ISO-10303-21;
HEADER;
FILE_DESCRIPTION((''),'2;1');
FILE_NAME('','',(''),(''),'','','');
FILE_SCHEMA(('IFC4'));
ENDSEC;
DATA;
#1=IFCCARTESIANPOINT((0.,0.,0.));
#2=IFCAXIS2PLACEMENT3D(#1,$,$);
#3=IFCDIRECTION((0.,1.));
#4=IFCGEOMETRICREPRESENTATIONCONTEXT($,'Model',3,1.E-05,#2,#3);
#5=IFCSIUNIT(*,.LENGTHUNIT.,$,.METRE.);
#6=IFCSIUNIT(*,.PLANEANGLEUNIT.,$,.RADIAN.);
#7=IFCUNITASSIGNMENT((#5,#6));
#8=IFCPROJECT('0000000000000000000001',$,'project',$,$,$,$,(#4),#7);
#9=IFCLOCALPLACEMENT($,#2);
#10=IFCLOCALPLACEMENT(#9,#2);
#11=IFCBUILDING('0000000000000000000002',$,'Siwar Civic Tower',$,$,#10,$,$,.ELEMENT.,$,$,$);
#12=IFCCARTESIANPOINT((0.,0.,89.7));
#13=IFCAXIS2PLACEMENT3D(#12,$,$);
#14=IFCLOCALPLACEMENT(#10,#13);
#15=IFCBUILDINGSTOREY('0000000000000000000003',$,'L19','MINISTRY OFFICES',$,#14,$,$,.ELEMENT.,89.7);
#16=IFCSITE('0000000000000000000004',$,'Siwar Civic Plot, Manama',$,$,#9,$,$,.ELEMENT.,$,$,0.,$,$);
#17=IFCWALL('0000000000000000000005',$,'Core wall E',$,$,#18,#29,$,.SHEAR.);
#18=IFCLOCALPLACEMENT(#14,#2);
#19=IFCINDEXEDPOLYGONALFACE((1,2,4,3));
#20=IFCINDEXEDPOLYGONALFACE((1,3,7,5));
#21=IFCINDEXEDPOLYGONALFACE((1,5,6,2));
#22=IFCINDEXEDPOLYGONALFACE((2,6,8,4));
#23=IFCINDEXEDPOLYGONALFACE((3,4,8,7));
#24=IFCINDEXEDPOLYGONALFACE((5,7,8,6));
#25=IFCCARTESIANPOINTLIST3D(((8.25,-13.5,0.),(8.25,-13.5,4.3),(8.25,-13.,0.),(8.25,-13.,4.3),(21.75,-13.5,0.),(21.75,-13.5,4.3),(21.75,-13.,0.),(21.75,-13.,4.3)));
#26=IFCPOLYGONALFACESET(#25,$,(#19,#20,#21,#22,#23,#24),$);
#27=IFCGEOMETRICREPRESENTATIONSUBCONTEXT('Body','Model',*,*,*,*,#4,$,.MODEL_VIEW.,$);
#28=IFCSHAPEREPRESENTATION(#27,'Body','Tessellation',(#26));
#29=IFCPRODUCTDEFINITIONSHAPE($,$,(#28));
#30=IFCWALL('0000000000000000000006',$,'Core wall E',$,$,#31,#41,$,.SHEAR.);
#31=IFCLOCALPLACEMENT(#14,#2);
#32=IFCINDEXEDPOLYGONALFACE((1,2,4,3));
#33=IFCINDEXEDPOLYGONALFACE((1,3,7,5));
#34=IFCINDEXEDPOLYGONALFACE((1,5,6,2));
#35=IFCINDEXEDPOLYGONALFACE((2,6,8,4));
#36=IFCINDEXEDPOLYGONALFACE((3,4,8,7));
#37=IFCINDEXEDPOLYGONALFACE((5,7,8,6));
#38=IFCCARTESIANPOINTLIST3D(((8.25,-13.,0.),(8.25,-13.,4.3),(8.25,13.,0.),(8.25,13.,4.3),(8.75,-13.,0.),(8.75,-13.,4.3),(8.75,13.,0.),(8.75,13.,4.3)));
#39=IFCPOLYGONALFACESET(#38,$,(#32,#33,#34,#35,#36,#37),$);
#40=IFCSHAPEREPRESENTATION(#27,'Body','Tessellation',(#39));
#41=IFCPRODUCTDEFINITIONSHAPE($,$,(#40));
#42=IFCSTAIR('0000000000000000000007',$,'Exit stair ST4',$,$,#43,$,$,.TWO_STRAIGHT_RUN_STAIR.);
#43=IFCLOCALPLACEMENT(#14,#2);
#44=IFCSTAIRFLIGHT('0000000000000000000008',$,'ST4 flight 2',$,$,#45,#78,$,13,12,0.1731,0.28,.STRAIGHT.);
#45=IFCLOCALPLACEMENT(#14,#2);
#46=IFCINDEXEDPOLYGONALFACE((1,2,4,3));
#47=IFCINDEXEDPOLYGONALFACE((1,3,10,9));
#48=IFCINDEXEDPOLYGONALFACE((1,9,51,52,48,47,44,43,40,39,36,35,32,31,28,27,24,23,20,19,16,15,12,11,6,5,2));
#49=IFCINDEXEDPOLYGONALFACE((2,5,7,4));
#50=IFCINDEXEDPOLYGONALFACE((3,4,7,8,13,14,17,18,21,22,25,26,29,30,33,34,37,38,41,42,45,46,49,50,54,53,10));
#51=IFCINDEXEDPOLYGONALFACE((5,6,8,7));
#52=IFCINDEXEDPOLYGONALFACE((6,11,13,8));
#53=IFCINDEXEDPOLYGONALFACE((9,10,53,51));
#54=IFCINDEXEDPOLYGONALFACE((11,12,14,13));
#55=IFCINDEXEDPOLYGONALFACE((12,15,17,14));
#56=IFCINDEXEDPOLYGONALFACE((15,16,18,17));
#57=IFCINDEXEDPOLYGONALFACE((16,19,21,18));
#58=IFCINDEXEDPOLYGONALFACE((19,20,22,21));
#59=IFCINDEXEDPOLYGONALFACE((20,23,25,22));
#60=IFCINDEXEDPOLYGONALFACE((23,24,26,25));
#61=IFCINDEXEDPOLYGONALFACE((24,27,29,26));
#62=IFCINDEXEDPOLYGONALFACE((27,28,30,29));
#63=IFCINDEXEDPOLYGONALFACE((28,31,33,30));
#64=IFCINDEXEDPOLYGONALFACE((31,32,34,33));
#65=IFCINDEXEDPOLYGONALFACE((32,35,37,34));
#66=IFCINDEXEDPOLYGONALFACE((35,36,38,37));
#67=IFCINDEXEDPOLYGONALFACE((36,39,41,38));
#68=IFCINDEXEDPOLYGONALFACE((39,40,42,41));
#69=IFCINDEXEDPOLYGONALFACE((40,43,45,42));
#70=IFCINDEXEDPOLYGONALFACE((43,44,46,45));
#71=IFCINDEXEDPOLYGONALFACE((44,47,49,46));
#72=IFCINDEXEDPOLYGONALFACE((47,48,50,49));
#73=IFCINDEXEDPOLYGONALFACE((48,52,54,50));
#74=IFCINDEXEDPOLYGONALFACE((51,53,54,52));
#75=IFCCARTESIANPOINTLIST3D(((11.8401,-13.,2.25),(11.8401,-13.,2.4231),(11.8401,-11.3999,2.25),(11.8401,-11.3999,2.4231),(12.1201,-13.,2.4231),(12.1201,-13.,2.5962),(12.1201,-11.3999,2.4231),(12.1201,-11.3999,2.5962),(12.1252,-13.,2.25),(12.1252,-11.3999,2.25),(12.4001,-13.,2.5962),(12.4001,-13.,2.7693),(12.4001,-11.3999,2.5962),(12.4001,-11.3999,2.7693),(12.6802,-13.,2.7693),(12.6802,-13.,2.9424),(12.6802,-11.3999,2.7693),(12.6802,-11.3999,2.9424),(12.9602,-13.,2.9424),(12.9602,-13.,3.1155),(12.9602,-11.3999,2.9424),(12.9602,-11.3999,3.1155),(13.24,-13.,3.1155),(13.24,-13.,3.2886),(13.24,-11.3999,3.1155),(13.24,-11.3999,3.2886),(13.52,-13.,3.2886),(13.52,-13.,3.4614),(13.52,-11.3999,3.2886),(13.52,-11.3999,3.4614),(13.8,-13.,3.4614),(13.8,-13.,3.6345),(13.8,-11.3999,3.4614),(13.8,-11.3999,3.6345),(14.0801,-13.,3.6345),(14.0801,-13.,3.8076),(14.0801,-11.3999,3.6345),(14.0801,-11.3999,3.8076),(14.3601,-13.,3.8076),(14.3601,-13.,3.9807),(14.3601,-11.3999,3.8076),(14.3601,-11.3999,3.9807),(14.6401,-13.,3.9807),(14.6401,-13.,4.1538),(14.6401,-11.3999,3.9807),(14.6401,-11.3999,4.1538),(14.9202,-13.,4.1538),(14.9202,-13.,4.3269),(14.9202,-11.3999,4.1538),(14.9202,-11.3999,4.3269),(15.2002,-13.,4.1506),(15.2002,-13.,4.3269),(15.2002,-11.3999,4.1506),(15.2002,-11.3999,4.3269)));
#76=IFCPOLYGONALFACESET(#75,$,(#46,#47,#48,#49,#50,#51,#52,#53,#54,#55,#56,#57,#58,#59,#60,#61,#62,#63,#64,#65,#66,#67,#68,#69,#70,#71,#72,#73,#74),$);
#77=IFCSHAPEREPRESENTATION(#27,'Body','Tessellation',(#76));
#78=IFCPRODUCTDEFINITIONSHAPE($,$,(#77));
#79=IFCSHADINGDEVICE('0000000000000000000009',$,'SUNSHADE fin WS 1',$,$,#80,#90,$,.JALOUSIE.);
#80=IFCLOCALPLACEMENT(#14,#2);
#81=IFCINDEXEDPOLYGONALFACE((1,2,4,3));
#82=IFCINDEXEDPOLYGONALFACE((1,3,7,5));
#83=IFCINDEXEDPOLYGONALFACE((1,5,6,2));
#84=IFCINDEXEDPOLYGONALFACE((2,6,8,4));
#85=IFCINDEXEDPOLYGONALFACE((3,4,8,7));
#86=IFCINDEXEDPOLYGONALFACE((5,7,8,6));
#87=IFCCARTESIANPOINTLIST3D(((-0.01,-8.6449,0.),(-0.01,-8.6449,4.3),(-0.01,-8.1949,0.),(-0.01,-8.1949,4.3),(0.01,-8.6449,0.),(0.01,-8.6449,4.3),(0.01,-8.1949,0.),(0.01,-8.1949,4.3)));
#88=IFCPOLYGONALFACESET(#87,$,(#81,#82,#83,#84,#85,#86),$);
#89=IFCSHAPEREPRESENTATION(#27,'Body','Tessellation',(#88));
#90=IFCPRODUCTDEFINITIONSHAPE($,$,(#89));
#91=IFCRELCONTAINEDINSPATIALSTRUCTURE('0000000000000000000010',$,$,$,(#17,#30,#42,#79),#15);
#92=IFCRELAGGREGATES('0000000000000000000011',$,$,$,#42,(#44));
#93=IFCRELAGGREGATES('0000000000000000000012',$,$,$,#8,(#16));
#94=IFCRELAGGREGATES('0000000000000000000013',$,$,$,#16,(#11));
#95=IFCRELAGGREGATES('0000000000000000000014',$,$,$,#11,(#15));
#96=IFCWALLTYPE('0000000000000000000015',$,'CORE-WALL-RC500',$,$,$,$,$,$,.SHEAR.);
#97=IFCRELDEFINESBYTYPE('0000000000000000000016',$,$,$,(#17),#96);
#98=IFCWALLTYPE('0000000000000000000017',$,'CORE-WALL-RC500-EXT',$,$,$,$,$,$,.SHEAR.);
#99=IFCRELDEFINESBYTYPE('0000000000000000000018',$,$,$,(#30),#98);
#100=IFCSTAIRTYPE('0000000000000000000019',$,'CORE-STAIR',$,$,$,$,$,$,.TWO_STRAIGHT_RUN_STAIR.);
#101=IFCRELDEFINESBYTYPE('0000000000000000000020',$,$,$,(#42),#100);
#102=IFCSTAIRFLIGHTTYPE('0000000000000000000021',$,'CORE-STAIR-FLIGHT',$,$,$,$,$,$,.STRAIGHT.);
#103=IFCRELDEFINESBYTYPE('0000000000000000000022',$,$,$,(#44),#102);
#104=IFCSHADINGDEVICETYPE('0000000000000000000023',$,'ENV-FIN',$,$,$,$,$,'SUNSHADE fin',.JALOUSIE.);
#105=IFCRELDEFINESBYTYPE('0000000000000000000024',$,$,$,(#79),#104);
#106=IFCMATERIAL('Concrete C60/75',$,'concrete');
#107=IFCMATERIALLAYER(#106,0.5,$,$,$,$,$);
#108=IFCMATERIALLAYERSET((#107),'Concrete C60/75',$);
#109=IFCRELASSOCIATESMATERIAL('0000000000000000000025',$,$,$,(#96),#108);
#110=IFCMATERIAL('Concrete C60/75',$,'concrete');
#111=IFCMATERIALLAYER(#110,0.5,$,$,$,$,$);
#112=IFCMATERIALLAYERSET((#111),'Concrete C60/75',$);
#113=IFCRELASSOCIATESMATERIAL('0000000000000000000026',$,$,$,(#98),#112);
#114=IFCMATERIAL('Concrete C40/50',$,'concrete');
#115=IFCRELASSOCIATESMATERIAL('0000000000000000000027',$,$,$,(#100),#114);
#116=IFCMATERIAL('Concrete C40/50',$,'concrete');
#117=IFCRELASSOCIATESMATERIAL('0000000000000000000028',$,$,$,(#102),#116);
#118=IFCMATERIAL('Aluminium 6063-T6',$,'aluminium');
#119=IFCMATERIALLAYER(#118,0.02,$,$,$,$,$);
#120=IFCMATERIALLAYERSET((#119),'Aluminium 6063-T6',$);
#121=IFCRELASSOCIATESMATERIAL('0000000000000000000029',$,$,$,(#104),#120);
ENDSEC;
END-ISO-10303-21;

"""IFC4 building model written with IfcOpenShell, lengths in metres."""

from ifc_helpers import new_model, si_unit, direction, frame, frame_2d, origin, origin_2d, place, context, subcontext, project, spatial, polyline, rectangle, outline, extrude, material, layer, layer_set, type_object, element, aggregate, save


model = new_model("IFC4")

# Units and contexts
model_context = context("Model", 3, precision=1e-05, world=origin(), true_north=direction((0.0, 1.0)))
body_context = subcontext(model_context, "Body", "Model", "MODEL_VIEW")
ifc_project = project(units=[si_unit("LENGTHUNIT", "METRE"), si_unit("PLANEANGLEUNIT", "RADIAN")], contexts=[model_context])

# Site, building, storey
site_placement = place(None, origin())
site = spatial("IfcSite", under=ifc_project, at=site_placement, Name="Siwar Civic Plot, Manama", CompositionType="ELEMENT", RefElevation=0.0)
building_placement = place(site_placement, origin())
building = spatial("IfcBuilding", under=site, at=building_placement, Name="Siwar Civic Tower", CompositionType="ELEMENT")
storey_placement = place(building_placement, frame((0.0, 0.0, 89.7)))
storey = spatial("IfcBuildingStorey", under=building, at=storey_placement, Name="L19", Description="MINISTRY OFFICES", CompositionType="ELEMENT", Elevation=89.7)

# Walls
ifc_material_1 = material(Name="Concrete C60/75", Category="concrete")
ifc_layer_1 = layer(ifc_material_1, 0.5)
ifc_layer_set_1 = layer_set([ifc_layer_1], Name="Concrete C60/75")
wall_type_1 = type_object("IfcWallType", Name="CORE-WALL-RC500", PredefinedType="SHEAR", material=ifc_layer_set_1)
wall_1_placement = place(storey_placement, frame((8.25, -13.25, 0.0), z_axis=(0.0, 0.0, 1.0), x_axis=(1.0, 0.0, 0.0)))
element("IfcWall", 1, at=wall_1_placement, inside=storey, type_object=wall_type_1, Name="Core wall E", PredefinedType="SHEAR", context=body_context, shape_type="SweptSolid", body=[
    extrude(rectangle(XDim=13.5, YDim=0.5, at=frame_2d((6.75, 0.0))), origin(), (0.0, 0.0, 1.0), 4.3),
])
ifc_material_2 = material(Name="Concrete C60/75", Category="concrete")
ifc_layer_2 = layer(ifc_material_2, 0.5)
ifc_layer_set_2 = layer_set([ifc_layer_2], Name="Concrete C60/75")
wall_type_2 = type_object("IfcWallType", Name="CORE-WALL-RC500-EXT", PredefinedType="SHEAR", material=ifc_layer_set_2)
wall_2_placement = place(storey_placement, frame((8.5, -13.0, 0.0), z_axis=(0.0, 0.0, 1.0), x_axis=(0.0, 1.0, 0.0)))
element("IfcWall", 2, at=wall_2_placement, inside=storey, type_object=wall_type_2, Name="Core wall E", PredefinedType="SHEAR", context=body_context, shape_type="SweptSolid", body=[
    extrude(rectangle(XDim=26.0, YDim=0.5, at=frame_2d((13.0, 0.0))), origin(), (0.0, 0.0, 1.0), 4.3),
])

# Stair, stair flight
ifc_material_3 = material(Name="Concrete C40/50", Category="concrete")
stair_type = type_object("IfcStairType", Name="CORE-STAIR", PredefinedType="TWO_STRAIGHT_RUN_STAIR", material=ifc_material_3)
stair_placement = place(storey_placement, origin())
stair = element("IfcStair", 3, at=stair_placement, inside=storey, type_object=stair_type, Name="Exit stair ST4", PredefinedType="TWO_STRAIGHT_RUN_STAIR")
ifc_material_4 = material(Name="Concrete C40/50", Category="concrete")
stair_flight_type = type_object("IfcStairFlightType", Name="CORE-STAIR-FLIGHT", PredefinedType="STRAIGHT", material=ifc_material_4)
stair_flight_placement = place(storey_placement, frame((11.8401, -12.2, 2.25), z_axis=(0.0, 0.0, 1.0), x_axis=(1.0, 0.0, 0.0)))
stair_flight = element("IfcStairFlight", 4, at=stair_flight_placement, type_object=stair_flight_type, Name="ST4 flight 2", NumberOfRisers=13, NumberOfTreads=12, PredefinedType="STRAIGHT", RiserHeight=0.1731, TreadLength=0.28, context=body_context, shape_type="SweptSolid", body=[
    extrude(outline(polyline([(0.0, 0.0), (0.0, 0.1731), (0.28, 0.1731), (0.28, 0.3462), (0.5601, 0.3462), (0.5601, 0.5193), (0.8401, 0.5193), (0.8401, 0.6924), (1.1201, 0.6924), (1.1201, 0.8655), (1.3999, 0.8655), (1.3999, 1.0386), (1.6799, 1.0386), (1.6799, 1.2114), (1.96, 1.2114), (1.96, 1.3845), (2.24, 1.3845), (2.24, 1.5576), (2.52, 1.5576), (2.52, 1.7307), (2.8, 1.7307), (2.8, 1.9038), (3.0801, 1.9038), (3.0801, 2.0769), (3.3601, 2.0769), (3.3601, 2.25), (3.3601, 1.9006), (0.2852, 0.0), (0.0, 0.0)])), frame((0.0, 0.8, 0.0), z_axis=(0.0, -1.0, 0.0), x_axis=(1.0, 0.0, 0.0)), (0.0, 0.0, 1.0), 1.6001),
])
aggregate(stair, [stair_flight])

# Shading device
ifc_material_5 = material(Name="Aluminium 6063-T6", Category="aluminium")
ifc_layer_3 = layer(ifc_material_5, 0.02)
ifc_layer_set_3 = layer_set([ifc_layer_3], Name="Aluminium 6063-T6")
shading_device_type = type_object("IfcShadingDeviceType", Name="ENV-FIN", ElementType="SUNSHADE fin", PredefinedType="JALOUSIE", material=ifc_layer_set_3)
shading_device_placement = place(storey_placement, frame((0.0, -8.4199, 0.0), z_axis=(0.0, 0.0, 1.0), x_axis=(1.0, 0.0, 0.0)))
element("IfcShadingDevice", 5, at=shading_device_placement, inside=storey, type_object=shading_device_type, Name="SUNSHADE fin WS 1", PredefinedType="JALOUSIE", context=body_context, shape_type="SweptSolid", body=[
    extrude(rectangle(XDim=0.02, YDim=0.45, at=origin_2d()), origin(), (0.0, 0.0, 1.0), 4.3),
])

save(model, "model.ifc")
